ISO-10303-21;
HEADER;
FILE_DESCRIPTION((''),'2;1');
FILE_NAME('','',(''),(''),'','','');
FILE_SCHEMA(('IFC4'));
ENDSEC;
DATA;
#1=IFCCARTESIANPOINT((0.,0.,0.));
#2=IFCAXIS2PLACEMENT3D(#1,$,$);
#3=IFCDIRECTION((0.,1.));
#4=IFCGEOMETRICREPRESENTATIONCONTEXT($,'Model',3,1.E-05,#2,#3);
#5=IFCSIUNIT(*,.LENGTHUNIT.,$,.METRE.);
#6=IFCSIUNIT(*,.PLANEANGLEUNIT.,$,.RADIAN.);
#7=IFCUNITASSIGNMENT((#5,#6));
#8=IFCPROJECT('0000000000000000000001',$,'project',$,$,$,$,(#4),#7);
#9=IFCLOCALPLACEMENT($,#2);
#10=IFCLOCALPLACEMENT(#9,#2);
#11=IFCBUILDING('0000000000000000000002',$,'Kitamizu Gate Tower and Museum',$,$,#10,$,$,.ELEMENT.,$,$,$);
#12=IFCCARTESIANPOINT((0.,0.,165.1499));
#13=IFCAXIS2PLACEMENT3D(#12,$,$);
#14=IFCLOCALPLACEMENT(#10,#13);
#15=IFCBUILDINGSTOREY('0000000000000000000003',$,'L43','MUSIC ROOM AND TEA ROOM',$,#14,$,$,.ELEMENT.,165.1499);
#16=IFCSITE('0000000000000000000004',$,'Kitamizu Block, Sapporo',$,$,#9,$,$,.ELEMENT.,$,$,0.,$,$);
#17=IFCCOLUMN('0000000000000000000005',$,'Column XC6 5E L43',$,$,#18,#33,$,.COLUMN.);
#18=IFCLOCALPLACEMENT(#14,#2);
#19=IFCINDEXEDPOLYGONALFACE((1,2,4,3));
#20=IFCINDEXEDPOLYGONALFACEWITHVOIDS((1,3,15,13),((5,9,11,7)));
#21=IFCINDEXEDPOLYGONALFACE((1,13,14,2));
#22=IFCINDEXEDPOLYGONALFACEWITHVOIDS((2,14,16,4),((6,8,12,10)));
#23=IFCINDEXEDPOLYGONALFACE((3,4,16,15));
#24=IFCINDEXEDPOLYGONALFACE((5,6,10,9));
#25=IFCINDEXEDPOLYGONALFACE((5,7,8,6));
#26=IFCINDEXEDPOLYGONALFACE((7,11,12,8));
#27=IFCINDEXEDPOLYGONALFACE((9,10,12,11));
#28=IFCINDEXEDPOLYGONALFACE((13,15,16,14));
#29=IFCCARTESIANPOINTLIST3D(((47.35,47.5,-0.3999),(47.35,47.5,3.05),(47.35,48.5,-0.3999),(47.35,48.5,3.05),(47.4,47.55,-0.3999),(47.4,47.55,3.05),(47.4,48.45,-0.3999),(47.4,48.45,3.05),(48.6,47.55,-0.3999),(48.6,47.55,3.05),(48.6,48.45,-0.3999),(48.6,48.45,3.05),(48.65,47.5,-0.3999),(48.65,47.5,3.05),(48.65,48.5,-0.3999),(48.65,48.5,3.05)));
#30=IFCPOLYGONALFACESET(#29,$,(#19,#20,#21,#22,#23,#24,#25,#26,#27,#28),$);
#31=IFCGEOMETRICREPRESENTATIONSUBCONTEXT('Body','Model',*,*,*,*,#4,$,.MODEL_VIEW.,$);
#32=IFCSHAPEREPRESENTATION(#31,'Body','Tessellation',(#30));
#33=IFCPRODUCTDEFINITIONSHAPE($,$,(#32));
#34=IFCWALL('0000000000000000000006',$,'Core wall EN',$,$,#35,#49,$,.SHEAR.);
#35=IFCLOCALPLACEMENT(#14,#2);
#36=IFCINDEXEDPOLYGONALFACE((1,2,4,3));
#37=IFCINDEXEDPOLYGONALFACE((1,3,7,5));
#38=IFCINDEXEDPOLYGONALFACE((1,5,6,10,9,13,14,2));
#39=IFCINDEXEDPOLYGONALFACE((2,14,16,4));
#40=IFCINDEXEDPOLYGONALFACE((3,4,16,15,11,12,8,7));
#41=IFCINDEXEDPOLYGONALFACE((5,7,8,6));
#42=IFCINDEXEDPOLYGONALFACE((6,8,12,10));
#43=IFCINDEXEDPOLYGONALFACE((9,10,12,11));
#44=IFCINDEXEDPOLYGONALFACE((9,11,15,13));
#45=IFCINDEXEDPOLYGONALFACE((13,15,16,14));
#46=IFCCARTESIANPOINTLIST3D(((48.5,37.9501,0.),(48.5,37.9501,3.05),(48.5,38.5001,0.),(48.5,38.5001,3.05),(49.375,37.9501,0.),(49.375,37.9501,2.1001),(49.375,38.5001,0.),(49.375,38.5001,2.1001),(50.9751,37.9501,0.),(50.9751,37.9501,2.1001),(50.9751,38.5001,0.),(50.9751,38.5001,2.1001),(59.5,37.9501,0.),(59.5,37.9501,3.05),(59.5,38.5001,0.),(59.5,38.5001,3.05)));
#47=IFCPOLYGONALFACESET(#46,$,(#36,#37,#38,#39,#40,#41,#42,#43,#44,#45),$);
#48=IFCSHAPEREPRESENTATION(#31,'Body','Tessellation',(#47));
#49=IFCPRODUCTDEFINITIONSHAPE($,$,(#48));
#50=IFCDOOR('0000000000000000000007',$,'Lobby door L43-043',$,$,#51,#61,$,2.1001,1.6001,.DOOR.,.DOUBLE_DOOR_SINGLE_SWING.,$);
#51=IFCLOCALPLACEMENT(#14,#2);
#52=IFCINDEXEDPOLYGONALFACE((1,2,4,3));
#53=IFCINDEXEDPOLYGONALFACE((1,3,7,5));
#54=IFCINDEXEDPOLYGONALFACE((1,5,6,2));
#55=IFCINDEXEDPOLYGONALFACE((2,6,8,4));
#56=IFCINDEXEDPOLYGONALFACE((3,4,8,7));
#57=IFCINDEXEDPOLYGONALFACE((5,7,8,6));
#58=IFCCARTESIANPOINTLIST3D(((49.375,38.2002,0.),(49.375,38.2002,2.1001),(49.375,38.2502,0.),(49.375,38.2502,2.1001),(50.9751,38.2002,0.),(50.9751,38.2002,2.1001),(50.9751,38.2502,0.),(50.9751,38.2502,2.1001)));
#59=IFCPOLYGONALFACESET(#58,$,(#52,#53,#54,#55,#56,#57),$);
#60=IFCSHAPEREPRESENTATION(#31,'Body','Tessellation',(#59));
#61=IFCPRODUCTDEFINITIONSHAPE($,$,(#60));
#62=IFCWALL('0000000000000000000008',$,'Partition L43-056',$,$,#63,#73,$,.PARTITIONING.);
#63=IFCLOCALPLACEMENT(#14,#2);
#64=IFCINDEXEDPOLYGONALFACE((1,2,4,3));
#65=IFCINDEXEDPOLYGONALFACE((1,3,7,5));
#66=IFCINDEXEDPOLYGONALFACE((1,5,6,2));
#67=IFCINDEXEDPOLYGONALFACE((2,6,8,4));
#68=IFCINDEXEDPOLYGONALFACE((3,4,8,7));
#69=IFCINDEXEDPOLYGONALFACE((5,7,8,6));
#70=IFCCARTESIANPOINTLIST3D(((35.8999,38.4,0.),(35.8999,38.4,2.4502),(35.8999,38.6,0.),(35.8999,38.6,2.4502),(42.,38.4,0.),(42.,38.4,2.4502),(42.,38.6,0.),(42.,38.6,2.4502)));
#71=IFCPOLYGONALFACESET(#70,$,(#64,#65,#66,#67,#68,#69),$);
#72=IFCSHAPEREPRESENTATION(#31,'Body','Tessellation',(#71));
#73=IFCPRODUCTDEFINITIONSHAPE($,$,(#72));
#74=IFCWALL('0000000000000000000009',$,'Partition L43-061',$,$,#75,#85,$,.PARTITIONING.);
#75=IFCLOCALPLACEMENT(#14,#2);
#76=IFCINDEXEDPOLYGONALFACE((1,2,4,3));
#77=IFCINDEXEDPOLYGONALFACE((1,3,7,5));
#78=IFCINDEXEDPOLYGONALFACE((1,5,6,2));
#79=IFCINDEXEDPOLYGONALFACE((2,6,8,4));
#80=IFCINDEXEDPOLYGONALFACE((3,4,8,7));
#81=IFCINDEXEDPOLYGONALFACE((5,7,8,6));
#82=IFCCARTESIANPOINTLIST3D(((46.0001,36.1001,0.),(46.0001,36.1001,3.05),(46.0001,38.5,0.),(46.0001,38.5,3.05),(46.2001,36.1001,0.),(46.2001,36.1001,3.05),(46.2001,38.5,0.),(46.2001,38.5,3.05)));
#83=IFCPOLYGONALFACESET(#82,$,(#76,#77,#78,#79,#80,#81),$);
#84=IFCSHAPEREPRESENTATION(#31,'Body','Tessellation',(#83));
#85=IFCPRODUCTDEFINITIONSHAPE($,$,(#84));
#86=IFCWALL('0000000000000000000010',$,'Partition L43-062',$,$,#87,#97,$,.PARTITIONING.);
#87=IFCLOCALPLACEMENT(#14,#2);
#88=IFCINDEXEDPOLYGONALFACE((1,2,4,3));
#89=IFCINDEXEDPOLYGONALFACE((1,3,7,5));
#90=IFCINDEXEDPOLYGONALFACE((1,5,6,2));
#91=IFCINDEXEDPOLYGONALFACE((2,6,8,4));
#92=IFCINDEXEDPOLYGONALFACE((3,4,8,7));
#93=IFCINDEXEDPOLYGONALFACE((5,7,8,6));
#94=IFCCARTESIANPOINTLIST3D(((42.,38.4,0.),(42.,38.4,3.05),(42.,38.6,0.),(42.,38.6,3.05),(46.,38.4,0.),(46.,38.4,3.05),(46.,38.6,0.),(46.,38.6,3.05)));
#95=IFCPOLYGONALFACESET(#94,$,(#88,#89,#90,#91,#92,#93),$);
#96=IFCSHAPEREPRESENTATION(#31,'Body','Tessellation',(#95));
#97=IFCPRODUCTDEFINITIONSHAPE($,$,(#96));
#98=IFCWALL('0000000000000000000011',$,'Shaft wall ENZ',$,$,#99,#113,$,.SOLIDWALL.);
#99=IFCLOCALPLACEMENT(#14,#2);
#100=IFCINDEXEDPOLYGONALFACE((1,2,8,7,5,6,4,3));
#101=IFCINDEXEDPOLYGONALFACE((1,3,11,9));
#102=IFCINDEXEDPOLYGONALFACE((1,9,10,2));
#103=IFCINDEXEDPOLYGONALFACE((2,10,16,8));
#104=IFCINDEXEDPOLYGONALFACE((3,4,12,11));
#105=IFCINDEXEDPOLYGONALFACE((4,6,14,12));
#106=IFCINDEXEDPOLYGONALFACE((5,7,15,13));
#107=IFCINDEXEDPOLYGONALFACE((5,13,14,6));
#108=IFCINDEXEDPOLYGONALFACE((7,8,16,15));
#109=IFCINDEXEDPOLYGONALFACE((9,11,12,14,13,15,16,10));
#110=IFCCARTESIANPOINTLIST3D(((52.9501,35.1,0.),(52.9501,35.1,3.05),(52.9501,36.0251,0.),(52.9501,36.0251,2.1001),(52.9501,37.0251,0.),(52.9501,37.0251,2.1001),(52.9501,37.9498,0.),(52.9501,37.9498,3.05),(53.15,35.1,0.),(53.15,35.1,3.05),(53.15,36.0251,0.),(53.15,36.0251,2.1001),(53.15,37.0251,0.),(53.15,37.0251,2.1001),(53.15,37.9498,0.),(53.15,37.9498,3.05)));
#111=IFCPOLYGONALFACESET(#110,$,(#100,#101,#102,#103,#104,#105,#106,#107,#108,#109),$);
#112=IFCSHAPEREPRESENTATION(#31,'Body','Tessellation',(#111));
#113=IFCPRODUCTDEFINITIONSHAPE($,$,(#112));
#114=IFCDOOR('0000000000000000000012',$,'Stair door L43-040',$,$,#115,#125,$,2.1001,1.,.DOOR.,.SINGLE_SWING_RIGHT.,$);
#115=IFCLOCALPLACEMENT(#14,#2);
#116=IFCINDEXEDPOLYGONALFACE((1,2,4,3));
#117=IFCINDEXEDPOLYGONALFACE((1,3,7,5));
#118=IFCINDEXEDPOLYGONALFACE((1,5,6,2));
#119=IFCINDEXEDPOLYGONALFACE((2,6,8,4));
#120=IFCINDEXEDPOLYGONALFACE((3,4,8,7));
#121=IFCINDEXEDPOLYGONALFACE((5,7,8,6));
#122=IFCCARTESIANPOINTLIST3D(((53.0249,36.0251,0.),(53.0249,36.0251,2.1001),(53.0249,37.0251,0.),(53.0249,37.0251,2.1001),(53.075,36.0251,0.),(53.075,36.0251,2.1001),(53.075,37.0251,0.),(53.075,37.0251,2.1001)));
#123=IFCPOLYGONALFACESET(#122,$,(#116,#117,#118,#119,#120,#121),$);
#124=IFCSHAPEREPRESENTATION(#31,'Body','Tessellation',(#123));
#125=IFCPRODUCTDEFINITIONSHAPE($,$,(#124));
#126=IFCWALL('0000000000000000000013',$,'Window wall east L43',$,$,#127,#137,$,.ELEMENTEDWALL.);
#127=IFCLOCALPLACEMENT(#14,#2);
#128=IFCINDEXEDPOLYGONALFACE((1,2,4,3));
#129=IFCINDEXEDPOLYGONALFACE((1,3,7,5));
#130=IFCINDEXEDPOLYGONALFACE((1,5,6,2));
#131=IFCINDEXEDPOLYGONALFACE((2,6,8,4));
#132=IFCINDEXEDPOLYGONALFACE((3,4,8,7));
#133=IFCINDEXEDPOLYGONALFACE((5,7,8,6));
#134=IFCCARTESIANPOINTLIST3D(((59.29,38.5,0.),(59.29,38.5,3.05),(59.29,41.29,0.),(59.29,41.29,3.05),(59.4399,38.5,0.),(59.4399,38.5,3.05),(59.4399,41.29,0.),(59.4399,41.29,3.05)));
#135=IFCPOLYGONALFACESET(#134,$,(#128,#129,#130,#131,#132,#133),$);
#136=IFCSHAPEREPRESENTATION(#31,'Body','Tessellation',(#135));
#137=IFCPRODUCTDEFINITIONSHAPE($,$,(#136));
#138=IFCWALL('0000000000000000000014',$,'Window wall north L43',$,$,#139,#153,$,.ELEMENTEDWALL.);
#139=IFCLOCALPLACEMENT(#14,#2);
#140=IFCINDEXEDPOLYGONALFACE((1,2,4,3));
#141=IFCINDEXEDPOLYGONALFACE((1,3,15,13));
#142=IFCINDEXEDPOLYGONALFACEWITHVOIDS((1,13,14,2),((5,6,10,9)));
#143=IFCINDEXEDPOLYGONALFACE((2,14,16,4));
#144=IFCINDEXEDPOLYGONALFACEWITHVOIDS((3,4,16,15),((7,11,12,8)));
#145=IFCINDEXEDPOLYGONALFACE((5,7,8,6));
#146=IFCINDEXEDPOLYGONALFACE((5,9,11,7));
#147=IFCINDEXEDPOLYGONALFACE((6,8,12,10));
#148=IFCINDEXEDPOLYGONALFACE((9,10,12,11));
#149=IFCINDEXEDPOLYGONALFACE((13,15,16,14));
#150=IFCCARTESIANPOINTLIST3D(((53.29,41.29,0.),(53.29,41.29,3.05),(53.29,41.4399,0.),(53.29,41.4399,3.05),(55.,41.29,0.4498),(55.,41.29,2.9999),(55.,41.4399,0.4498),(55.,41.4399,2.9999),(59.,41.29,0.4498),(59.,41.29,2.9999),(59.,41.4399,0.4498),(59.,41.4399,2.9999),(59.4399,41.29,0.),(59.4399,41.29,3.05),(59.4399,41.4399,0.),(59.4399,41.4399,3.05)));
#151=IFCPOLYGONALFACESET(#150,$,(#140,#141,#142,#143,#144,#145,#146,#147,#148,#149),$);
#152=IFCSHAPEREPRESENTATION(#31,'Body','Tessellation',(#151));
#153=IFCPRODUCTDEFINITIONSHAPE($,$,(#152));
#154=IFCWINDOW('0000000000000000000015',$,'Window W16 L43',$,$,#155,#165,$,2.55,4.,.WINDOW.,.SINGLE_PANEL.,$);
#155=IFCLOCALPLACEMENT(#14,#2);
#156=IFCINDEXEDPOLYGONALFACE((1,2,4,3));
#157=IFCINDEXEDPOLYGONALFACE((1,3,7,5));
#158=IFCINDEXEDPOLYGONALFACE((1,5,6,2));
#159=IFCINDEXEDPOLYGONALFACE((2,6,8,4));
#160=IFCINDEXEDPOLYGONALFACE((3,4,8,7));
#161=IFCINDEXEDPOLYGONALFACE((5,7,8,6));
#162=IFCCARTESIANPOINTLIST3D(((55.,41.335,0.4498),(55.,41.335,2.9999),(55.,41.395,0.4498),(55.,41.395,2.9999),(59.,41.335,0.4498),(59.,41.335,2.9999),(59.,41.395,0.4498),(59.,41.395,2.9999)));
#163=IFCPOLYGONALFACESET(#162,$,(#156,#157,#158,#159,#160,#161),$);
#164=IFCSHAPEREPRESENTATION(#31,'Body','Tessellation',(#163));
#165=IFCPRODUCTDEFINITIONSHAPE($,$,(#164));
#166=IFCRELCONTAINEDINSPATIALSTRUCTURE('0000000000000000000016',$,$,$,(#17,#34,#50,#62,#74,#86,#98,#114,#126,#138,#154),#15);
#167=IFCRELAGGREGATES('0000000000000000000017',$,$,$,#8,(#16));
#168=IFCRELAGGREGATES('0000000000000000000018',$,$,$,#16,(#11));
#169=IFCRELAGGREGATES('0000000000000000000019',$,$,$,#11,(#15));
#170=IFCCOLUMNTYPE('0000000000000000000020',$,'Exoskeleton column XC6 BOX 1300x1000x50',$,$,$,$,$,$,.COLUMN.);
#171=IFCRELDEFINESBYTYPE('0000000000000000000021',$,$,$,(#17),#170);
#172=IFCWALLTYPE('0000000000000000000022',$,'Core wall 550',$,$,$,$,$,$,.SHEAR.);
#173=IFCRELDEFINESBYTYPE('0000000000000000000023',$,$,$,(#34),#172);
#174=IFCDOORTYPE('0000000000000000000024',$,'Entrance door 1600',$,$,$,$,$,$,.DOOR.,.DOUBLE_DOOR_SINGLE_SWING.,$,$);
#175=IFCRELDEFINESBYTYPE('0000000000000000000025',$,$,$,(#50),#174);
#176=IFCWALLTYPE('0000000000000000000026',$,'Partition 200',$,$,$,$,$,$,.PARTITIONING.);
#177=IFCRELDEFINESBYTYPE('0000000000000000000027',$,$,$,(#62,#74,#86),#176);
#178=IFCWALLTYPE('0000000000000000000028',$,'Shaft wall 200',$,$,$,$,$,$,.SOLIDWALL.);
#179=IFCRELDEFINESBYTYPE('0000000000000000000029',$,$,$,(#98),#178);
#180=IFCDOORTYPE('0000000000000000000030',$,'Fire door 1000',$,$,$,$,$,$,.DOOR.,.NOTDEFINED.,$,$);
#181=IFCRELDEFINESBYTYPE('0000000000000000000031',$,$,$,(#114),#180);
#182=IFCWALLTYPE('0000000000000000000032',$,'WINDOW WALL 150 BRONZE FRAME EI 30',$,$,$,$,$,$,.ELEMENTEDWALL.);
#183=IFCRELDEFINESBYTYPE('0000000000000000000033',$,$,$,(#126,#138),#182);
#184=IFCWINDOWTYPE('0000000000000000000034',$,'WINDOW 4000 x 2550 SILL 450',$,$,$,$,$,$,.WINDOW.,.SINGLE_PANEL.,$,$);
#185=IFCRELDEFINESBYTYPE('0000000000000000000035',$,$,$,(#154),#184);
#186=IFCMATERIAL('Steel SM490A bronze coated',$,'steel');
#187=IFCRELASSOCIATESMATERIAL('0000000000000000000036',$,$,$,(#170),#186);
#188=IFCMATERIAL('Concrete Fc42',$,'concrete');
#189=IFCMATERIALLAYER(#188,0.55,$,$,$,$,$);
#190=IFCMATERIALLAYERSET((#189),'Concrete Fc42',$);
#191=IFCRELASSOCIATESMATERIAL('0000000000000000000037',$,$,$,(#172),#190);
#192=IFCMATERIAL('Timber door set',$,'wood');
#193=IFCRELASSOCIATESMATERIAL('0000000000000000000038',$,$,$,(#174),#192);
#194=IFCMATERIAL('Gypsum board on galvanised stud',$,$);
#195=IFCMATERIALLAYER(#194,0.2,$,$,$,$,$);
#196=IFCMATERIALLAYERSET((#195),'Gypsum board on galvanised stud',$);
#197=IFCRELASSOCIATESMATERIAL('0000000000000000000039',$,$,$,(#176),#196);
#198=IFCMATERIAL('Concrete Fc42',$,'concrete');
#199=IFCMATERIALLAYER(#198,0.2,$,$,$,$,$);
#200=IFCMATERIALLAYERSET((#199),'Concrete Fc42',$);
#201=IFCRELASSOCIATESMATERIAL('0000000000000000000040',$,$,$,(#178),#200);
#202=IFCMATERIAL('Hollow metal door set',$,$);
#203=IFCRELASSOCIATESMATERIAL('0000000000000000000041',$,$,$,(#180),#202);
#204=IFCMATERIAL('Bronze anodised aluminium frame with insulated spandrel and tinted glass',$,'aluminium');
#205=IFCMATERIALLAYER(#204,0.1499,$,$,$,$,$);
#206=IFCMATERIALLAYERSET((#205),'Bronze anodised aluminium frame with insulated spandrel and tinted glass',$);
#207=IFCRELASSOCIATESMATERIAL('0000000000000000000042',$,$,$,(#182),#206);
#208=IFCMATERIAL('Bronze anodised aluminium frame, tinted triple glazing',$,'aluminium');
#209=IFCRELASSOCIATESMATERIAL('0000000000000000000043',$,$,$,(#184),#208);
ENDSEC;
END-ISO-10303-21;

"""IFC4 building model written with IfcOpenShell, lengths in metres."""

from ifc_helpers import new_model, si_unit, direction, frame, frame_2d, origin, origin_2d, place, context, subcontext, project, spatial, rectangle, hollow_rectangle, extrude, material, layer, layer_set, material_profile, profile_set, type_object, element, fill, save


model = new_model("IFC4")

# Units and contexts
model_context = context("Model", 3, precision=1e-05, world=origin(), true_north=direction((0.0, 1.0)))
body_context = subcontext(model_context, "Body", "Model", "MODEL_VIEW")
ifc_project = project(units=[si_unit("LENGTHUNIT", "METRE"), si_unit("PLANEANGLEUNIT", "RADIAN")], contexts=[model_context])

# Site, building, storey
site_placement = place(None, origin())
site = spatial("IfcSite", under=ifc_project, at=site_placement, Name="Kitamizu Block, Sapporo", CompositionType="ELEMENT", RefElevation=0.0)
building_placement = place(site_placement, origin())
building = spatial("IfcBuilding", under=site, at=building_placement, Name="Kitamizu Gate Tower and Museum", CompositionType="ELEMENT")
storey_placement = place(building_placement, frame((0.0, 0.0, 165.1499)))
storey = spatial("IfcBuildingStorey", under=building, at=storey_placement, Name="L43", Description="MUSIC ROOM AND TEA ROOM", CompositionType="ELEMENT", Elevation=165.1499)

# Column
ifc_material_1 = material(Name="Steel SM490A bronze coated", Category="steel")
ifc_material_profile = material_profile(ifc_material_1, hollow_rectangle(XDim=1.3, YDim=1.0, WallThickness=0.05, at=origin_2d()), Name="BOX 1300x1000x50")
ifc_profile_set = profile_set([ifc_material_profile], Name="Steel SM490A bronze coated")
column_type = type_object("IfcColumnType", Name="Exoskeleton column XC6 BOX 1300x1000x50", PredefinedType="COLUMN", material=ifc_profile_set)
column_placement = place(storey_placement, frame((48.0, 48.0, -0.3999), z_axis=(0.0, 0.0, 1.0), x_axis=(1.0, 0.0, 0.0)))
element("IfcColumn", 1, at=column_placement, inside=storey, type_object=column_type, Name="Column XC6 5E L43", PredefinedType="COLUMN", context=body_context, shape_type="SweptSolid", body=[
    extrude(hollow_rectangle(XDim=1.3, YDim=1.0, WallThickness=0.05, at=origin_2d()), origin(), (0.0, 0.0, 1.0), 3.45),
])

# Wall, opening, door
ifc_material_2 = material(Name="Concrete Fc42", Category="concrete")
ifc_layer_1 = layer(ifc_material_2, 0.55)
ifc_layer_set_1 = layer_set([ifc_layer_1], Name="Concrete Fc42")
wall_type_1 = type_object("IfcWallType", Name="Core wall 550", PredefinedType="SHEAR", material=ifc_layer_set_1)
wall_1_placement = place(storey_placement, frame((59.5, 38.2251, 0.0), z_axis=(0.0, 0.0, 1.0), x_axis=(-1.0, 0.0, 0.0)))
wall_1 = element("IfcWall", 2, at=wall_1_placement, inside=storey, type_object=wall_type_1, Name="Core wall EN", PredefinedType="SHEAR", context=body_context, shape_type="SweptSolid", body=[
    extrude(rectangle(XDim=11.0, YDim=0.55, at=frame_2d((5.5, 0.0))), origin(), (0.0, 0.0, 1.0), 3.05),
])
opening_1_placement = place(wall_1_placement, frame((8.5249, 0.0, 0.0)))
opening_1 = element("IfcOpeningElement", 3, at=opening_1_placement, cuts=wall_1, PredefinedType="OPENING", context=body_context, shape_type="SweptSolid", body=[
    extrude(rectangle(XDim=1.6001, YDim=2.1001, at=frame_2d((0.8, 1.05))), frame((0.0, 0.2852, 0.0), z_axis=(0.0, -1.0, 0.0), x_axis=(1.0, 0.0, 0.0)), (0.0, 0.0, 1.0), 0.5701),
])
ifc_material_3 = material(Name="Timber door set", Category="wood")
door_type_1 = type_object("IfcDoorType", Name="Entrance door 1600", OperationType="DOUBLE_DOOR_SINGLE_SWING", PredefinedType="DOOR", material=ifc_material_3)
door_1_placement = place(opening_1_placement, origin())
door_1 = element("IfcDoor", 4, at=door_1_placement, inside=storey, type_object=door_type_1, Name="Lobby door L43-043", OperationType="DOUBLE_DOOR_SINGLE_SWING", OverallHeight=2.1001, OverallWidth=1.6001, PredefinedType="DOOR", context=body_context, shape_type="SweptSolid", body=[
    extrude(rectangle(XDim=1.6001, YDim=2.1001, at=frame_2d((0.8, 1.05))), frame((0.0, 0.0249, 0.0), z_axis=(0.0, -1.0, 0.0), x_axis=(1.0, 0.0, 0.0)), (0.0, 0.0, 1.0), 0.05),
])
fill(opening_1, door_1)

# Walls
ifc_material_4 = material(Name="Gypsum board on galvanised stud")
ifc_layer_2 = layer(ifc_material_4, 0.2)
ifc_layer_set_2 = layer_set([ifc_layer_2], Name="Gypsum board on galvanised stud")
wall_type_2 = type_object("IfcWallType", Name="Partition 200", PredefinedType="PARTITIONING", material=ifc_layer_set_2)
wall_2_placement = place(storey_placement, frame((42.0, 38.5, 0.0), z_axis=(0.0, 0.0, 1.0), x_axis=(-1.0, 0.0, 0.0)))
element("IfcWall", 5, at=wall_2_placement, inside=storey, type_object=wall_type_2, Name="Partition L43-056", PredefinedType="PARTITIONING", context=body_context, shape_type="SweptSolid", body=[
    extrude(rectangle(XDim=6.1001, YDim=0.2, at=frame_2d((3.05, 0.0))), origin(), (0.0, 0.0, 1.0), 2.4502),
])
wall_3_placement = place(storey_placement, frame((46.1001, 36.1001, 0.0), z_axis=(0.0, 0.0, 1.0), x_axis=(0.0, 1.0, 0.0)))
element("IfcWall", 6, at=wall_3_placement, inside=storey, type_object=wall_type_2, Name="Partition L43-061", PredefinedType="PARTITIONING", context=body_context, shape_type="SweptSolid", body=[
    extrude(rectangle(XDim=2.3999, YDim=0.2, at=frame_2d((1.2, 0.0))), origin(), (0.0, 0.0, 1.0), 3.05),
])
wall_4_placement = place(storey_placement, frame((46.0, 38.5, 0.0), z_axis=(0.0, 0.0, 1.0), x_axis=(-1.0, 0.0, 0.0)))
element("IfcWall", 7, at=wall_4_placement, inside=storey, type_object=wall_type_2, Name="Partition L43-062", PredefinedType="PARTITIONING", context=body_context, shape_type="SweptSolid", body=[
    extrude(rectangle(XDim=4.0, YDim=0.2, at=frame_2d((2.0, 0.0))), origin(), (0.0, 0.0, 1.0), 3.05),
])

# Wall, opening, door
ifc_material_5 = material(Name="Concrete Fc42", Category="concrete")
ifc_layer_3 = layer(ifc_material_5, 0.2)
ifc_layer_set_3 = layer_set([ifc_layer_3], Name="Concrete Fc42")
wall_type_3 = type_object("IfcWallType", Name="Shaft wall 200", PredefinedType="SOLIDWALL", material=ifc_layer_set_3)
wall_5_placement = place(storey_placement, frame((53.05, 35.1001, 0.0), z_axis=(0.0, 0.0, 1.0), x_axis=(0.0, 1.0, 0.0)))
wall_5 = element("IfcWall", 8, at=wall_5_placement, inside=storey, type_object=wall_type_3, Name="Shaft wall ENZ", PredefinedType="SOLIDWALL", context=body_context, shape_type="SweptSolid", body=[
    extrude(rectangle(XDim=2.8499, YDim=0.2, at=frame_2d((1.4248, 0.0))), origin(), (0.0, 0.0, 1.0), 3.05),
])
opening_2_placement = place(wall_5_placement, frame((0.925, 0.0, 0.0)))
opening_2 = element("IfcOpeningElement", 9, at=opening_2_placement, cuts=wall_5, PredefinedType="OPENING", context=body_context, shape_type="SweptSolid", body=[
    extrude(rectangle(XDim=1.0, YDim=2.1001, at=frame_2d((0.5, 1.05))), frame((0.0, 0.1099, 0.0), z_axis=(0.0, -1.0, 0.0), x_axis=(1.0, 0.0, 0.0)), (0.0, 0.0, 1.0), 0.22),
])
ifc_material_6 = material(Name="Hollow metal door set")
door_type_2 = type_object("IfcDoorType", Name="Fire door 1000", OperationType="NOTDEFINED", PredefinedType="DOOR", material=ifc_material_6)
door_2_placement = place(opening_2_placement, frame((1.0, 0.0, 0.0), x_axis=(-1.0, 0.0, 0.0)))
door_2 = element("IfcDoor", 10, at=door_2_placement, inside=storey, type_object=door_type_2, Name="Stair door L43-040", OperationType="SINGLE_SWING_RIGHT", OverallHeight=2.1001, OverallWidth=1.0, PredefinedType="DOOR", context=body_context, shape_type="SweptSolid", body=[
    extrude(rectangle(XDim=1.0, YDim=2.1001, at=frame_2d((0.5, 1.05))), frame((0.0, 0.0249, 0.0), z_axis=(0.0, -1.0, 0.0), x_axis=(1.0, 0.0, 0.0)), (0.0, 0.0, 1.0), 0.05),
])
fill(opening_2, door_2)

# Wall
ifc_material_7 = material(Name="Bronze anodised aluminium frame with insulated spandrel and tinted glass", Category="aluminium")
ifc_layer_4 = layer(ifc_material_7, 0.1499)
ifc_layer_set_4 = layer_set([ifc_layer_4], Name="Bronze anodised aluminium frame with insulated spandrel and tinted glass")
wall_type_4 = type_object("IfcWallType", Name="WINDOW WALL 150 BRONZE FRAME EI 30", PredefinedType="ELEMENTEDWALL", material=ifc_layer_set_4)
wall_6_placement = place(storey_placement, frame((59.365, 38.5, 0.0), z_axis=(0.0, 0.0, 1.0), x_axis=(0.0, 1.0, 0.0)))
element("IfcWall", 11, at=wall_6_placement, inside=storey, type_object=wall_type_4, Name="Window wall east L43", PredefinedType="ELEMENTEDWALL", context=body_context, shape_type="SweptSolid", body=[
    extrude(rectangle(XDim=2.79, YDim=0.1499, at=frame_2d((1.395, 0.0))), origin(), (0.0, 0.0, 1.0), 3.05),
])

# Wall, opening, window
wall_7_placement = place(storey_placement, frame((53.29, 41.365, 0.0), z_axis=(0.0, 0.0, 1.0), x_axis=(1.0, 0.0, 0.0)))
wall_7 = element("IfcWall", 12, at=wall_7_placement, inside=storey, type_object=wall_type_4, Name="Window wall north L43", PredefinedType="ELEMENTEDWALL", context=body_context, shape_type="SweptSolid", body=[
    extrude(rectangle(XDim=6.1499, YDim=0.1499, at=frame_2d((3.075, 0.0))), origin(), (0.0, 0.0, 1.0), 3.05),
])
opening_3_placement = place(wall_7_placement, frame((1.71, 0.0, 0.45)))
opening_3 = element("IfcOpeningElement", 13, at=opening_3_placement, cuts=wall_7, PredefinedType="OPENING", context=body_context, shape_type="SweptSolid", body=[
    extrude(rectangle(XDim=4.0, YDim=2.55, at=frame_2d((2.0, 1.2749))), frame((0.0, 0.085, 0.0), z_axis=(0.0, -1.0, 0.0), x_axis=(1.0, 0.0, 0.0)), (0.0, 0.0, 1.0), 0.1699),
])
ifc_material_8 = material(Name="Bronze anodised aluminium frame, tinted triple glazing", Category="aluminium")
window_type = type_object("IfcWindowType", Name="WINDOW 4000 x 2550 SILL 450", PartitioningType="SINGLE_PANEL", PredefinedType="WINDOW", material=ifc_material_8)
window_1_placement = place(opening_3_placement, origin())
window_1 = element("IfcWindow", 14, at=window_1_placement, inside=storey, type_object=window_type, Name="Window W16 L43", OverallHeight=2.55, OverallWidth=4.0, PartitioningType="SINGLE_PANEL", PredefinedType="WINDOW", context=body_context, shape_type="SweptSolid", body=[
    extrude(rectangle(XDim=4.0, YDim=2.55, at=frame_2d((2.0, 1.2749))), frame((0.0, 0.03, 0.0), z_axis=(0.0, -1.0, 0.0), x_axis=(1.0, 0.0, 0.0)), (0.0, 0.0, 1.0), 0.0601),
])
fill(opening_3, window_1)

save(model, "model.ifc")
